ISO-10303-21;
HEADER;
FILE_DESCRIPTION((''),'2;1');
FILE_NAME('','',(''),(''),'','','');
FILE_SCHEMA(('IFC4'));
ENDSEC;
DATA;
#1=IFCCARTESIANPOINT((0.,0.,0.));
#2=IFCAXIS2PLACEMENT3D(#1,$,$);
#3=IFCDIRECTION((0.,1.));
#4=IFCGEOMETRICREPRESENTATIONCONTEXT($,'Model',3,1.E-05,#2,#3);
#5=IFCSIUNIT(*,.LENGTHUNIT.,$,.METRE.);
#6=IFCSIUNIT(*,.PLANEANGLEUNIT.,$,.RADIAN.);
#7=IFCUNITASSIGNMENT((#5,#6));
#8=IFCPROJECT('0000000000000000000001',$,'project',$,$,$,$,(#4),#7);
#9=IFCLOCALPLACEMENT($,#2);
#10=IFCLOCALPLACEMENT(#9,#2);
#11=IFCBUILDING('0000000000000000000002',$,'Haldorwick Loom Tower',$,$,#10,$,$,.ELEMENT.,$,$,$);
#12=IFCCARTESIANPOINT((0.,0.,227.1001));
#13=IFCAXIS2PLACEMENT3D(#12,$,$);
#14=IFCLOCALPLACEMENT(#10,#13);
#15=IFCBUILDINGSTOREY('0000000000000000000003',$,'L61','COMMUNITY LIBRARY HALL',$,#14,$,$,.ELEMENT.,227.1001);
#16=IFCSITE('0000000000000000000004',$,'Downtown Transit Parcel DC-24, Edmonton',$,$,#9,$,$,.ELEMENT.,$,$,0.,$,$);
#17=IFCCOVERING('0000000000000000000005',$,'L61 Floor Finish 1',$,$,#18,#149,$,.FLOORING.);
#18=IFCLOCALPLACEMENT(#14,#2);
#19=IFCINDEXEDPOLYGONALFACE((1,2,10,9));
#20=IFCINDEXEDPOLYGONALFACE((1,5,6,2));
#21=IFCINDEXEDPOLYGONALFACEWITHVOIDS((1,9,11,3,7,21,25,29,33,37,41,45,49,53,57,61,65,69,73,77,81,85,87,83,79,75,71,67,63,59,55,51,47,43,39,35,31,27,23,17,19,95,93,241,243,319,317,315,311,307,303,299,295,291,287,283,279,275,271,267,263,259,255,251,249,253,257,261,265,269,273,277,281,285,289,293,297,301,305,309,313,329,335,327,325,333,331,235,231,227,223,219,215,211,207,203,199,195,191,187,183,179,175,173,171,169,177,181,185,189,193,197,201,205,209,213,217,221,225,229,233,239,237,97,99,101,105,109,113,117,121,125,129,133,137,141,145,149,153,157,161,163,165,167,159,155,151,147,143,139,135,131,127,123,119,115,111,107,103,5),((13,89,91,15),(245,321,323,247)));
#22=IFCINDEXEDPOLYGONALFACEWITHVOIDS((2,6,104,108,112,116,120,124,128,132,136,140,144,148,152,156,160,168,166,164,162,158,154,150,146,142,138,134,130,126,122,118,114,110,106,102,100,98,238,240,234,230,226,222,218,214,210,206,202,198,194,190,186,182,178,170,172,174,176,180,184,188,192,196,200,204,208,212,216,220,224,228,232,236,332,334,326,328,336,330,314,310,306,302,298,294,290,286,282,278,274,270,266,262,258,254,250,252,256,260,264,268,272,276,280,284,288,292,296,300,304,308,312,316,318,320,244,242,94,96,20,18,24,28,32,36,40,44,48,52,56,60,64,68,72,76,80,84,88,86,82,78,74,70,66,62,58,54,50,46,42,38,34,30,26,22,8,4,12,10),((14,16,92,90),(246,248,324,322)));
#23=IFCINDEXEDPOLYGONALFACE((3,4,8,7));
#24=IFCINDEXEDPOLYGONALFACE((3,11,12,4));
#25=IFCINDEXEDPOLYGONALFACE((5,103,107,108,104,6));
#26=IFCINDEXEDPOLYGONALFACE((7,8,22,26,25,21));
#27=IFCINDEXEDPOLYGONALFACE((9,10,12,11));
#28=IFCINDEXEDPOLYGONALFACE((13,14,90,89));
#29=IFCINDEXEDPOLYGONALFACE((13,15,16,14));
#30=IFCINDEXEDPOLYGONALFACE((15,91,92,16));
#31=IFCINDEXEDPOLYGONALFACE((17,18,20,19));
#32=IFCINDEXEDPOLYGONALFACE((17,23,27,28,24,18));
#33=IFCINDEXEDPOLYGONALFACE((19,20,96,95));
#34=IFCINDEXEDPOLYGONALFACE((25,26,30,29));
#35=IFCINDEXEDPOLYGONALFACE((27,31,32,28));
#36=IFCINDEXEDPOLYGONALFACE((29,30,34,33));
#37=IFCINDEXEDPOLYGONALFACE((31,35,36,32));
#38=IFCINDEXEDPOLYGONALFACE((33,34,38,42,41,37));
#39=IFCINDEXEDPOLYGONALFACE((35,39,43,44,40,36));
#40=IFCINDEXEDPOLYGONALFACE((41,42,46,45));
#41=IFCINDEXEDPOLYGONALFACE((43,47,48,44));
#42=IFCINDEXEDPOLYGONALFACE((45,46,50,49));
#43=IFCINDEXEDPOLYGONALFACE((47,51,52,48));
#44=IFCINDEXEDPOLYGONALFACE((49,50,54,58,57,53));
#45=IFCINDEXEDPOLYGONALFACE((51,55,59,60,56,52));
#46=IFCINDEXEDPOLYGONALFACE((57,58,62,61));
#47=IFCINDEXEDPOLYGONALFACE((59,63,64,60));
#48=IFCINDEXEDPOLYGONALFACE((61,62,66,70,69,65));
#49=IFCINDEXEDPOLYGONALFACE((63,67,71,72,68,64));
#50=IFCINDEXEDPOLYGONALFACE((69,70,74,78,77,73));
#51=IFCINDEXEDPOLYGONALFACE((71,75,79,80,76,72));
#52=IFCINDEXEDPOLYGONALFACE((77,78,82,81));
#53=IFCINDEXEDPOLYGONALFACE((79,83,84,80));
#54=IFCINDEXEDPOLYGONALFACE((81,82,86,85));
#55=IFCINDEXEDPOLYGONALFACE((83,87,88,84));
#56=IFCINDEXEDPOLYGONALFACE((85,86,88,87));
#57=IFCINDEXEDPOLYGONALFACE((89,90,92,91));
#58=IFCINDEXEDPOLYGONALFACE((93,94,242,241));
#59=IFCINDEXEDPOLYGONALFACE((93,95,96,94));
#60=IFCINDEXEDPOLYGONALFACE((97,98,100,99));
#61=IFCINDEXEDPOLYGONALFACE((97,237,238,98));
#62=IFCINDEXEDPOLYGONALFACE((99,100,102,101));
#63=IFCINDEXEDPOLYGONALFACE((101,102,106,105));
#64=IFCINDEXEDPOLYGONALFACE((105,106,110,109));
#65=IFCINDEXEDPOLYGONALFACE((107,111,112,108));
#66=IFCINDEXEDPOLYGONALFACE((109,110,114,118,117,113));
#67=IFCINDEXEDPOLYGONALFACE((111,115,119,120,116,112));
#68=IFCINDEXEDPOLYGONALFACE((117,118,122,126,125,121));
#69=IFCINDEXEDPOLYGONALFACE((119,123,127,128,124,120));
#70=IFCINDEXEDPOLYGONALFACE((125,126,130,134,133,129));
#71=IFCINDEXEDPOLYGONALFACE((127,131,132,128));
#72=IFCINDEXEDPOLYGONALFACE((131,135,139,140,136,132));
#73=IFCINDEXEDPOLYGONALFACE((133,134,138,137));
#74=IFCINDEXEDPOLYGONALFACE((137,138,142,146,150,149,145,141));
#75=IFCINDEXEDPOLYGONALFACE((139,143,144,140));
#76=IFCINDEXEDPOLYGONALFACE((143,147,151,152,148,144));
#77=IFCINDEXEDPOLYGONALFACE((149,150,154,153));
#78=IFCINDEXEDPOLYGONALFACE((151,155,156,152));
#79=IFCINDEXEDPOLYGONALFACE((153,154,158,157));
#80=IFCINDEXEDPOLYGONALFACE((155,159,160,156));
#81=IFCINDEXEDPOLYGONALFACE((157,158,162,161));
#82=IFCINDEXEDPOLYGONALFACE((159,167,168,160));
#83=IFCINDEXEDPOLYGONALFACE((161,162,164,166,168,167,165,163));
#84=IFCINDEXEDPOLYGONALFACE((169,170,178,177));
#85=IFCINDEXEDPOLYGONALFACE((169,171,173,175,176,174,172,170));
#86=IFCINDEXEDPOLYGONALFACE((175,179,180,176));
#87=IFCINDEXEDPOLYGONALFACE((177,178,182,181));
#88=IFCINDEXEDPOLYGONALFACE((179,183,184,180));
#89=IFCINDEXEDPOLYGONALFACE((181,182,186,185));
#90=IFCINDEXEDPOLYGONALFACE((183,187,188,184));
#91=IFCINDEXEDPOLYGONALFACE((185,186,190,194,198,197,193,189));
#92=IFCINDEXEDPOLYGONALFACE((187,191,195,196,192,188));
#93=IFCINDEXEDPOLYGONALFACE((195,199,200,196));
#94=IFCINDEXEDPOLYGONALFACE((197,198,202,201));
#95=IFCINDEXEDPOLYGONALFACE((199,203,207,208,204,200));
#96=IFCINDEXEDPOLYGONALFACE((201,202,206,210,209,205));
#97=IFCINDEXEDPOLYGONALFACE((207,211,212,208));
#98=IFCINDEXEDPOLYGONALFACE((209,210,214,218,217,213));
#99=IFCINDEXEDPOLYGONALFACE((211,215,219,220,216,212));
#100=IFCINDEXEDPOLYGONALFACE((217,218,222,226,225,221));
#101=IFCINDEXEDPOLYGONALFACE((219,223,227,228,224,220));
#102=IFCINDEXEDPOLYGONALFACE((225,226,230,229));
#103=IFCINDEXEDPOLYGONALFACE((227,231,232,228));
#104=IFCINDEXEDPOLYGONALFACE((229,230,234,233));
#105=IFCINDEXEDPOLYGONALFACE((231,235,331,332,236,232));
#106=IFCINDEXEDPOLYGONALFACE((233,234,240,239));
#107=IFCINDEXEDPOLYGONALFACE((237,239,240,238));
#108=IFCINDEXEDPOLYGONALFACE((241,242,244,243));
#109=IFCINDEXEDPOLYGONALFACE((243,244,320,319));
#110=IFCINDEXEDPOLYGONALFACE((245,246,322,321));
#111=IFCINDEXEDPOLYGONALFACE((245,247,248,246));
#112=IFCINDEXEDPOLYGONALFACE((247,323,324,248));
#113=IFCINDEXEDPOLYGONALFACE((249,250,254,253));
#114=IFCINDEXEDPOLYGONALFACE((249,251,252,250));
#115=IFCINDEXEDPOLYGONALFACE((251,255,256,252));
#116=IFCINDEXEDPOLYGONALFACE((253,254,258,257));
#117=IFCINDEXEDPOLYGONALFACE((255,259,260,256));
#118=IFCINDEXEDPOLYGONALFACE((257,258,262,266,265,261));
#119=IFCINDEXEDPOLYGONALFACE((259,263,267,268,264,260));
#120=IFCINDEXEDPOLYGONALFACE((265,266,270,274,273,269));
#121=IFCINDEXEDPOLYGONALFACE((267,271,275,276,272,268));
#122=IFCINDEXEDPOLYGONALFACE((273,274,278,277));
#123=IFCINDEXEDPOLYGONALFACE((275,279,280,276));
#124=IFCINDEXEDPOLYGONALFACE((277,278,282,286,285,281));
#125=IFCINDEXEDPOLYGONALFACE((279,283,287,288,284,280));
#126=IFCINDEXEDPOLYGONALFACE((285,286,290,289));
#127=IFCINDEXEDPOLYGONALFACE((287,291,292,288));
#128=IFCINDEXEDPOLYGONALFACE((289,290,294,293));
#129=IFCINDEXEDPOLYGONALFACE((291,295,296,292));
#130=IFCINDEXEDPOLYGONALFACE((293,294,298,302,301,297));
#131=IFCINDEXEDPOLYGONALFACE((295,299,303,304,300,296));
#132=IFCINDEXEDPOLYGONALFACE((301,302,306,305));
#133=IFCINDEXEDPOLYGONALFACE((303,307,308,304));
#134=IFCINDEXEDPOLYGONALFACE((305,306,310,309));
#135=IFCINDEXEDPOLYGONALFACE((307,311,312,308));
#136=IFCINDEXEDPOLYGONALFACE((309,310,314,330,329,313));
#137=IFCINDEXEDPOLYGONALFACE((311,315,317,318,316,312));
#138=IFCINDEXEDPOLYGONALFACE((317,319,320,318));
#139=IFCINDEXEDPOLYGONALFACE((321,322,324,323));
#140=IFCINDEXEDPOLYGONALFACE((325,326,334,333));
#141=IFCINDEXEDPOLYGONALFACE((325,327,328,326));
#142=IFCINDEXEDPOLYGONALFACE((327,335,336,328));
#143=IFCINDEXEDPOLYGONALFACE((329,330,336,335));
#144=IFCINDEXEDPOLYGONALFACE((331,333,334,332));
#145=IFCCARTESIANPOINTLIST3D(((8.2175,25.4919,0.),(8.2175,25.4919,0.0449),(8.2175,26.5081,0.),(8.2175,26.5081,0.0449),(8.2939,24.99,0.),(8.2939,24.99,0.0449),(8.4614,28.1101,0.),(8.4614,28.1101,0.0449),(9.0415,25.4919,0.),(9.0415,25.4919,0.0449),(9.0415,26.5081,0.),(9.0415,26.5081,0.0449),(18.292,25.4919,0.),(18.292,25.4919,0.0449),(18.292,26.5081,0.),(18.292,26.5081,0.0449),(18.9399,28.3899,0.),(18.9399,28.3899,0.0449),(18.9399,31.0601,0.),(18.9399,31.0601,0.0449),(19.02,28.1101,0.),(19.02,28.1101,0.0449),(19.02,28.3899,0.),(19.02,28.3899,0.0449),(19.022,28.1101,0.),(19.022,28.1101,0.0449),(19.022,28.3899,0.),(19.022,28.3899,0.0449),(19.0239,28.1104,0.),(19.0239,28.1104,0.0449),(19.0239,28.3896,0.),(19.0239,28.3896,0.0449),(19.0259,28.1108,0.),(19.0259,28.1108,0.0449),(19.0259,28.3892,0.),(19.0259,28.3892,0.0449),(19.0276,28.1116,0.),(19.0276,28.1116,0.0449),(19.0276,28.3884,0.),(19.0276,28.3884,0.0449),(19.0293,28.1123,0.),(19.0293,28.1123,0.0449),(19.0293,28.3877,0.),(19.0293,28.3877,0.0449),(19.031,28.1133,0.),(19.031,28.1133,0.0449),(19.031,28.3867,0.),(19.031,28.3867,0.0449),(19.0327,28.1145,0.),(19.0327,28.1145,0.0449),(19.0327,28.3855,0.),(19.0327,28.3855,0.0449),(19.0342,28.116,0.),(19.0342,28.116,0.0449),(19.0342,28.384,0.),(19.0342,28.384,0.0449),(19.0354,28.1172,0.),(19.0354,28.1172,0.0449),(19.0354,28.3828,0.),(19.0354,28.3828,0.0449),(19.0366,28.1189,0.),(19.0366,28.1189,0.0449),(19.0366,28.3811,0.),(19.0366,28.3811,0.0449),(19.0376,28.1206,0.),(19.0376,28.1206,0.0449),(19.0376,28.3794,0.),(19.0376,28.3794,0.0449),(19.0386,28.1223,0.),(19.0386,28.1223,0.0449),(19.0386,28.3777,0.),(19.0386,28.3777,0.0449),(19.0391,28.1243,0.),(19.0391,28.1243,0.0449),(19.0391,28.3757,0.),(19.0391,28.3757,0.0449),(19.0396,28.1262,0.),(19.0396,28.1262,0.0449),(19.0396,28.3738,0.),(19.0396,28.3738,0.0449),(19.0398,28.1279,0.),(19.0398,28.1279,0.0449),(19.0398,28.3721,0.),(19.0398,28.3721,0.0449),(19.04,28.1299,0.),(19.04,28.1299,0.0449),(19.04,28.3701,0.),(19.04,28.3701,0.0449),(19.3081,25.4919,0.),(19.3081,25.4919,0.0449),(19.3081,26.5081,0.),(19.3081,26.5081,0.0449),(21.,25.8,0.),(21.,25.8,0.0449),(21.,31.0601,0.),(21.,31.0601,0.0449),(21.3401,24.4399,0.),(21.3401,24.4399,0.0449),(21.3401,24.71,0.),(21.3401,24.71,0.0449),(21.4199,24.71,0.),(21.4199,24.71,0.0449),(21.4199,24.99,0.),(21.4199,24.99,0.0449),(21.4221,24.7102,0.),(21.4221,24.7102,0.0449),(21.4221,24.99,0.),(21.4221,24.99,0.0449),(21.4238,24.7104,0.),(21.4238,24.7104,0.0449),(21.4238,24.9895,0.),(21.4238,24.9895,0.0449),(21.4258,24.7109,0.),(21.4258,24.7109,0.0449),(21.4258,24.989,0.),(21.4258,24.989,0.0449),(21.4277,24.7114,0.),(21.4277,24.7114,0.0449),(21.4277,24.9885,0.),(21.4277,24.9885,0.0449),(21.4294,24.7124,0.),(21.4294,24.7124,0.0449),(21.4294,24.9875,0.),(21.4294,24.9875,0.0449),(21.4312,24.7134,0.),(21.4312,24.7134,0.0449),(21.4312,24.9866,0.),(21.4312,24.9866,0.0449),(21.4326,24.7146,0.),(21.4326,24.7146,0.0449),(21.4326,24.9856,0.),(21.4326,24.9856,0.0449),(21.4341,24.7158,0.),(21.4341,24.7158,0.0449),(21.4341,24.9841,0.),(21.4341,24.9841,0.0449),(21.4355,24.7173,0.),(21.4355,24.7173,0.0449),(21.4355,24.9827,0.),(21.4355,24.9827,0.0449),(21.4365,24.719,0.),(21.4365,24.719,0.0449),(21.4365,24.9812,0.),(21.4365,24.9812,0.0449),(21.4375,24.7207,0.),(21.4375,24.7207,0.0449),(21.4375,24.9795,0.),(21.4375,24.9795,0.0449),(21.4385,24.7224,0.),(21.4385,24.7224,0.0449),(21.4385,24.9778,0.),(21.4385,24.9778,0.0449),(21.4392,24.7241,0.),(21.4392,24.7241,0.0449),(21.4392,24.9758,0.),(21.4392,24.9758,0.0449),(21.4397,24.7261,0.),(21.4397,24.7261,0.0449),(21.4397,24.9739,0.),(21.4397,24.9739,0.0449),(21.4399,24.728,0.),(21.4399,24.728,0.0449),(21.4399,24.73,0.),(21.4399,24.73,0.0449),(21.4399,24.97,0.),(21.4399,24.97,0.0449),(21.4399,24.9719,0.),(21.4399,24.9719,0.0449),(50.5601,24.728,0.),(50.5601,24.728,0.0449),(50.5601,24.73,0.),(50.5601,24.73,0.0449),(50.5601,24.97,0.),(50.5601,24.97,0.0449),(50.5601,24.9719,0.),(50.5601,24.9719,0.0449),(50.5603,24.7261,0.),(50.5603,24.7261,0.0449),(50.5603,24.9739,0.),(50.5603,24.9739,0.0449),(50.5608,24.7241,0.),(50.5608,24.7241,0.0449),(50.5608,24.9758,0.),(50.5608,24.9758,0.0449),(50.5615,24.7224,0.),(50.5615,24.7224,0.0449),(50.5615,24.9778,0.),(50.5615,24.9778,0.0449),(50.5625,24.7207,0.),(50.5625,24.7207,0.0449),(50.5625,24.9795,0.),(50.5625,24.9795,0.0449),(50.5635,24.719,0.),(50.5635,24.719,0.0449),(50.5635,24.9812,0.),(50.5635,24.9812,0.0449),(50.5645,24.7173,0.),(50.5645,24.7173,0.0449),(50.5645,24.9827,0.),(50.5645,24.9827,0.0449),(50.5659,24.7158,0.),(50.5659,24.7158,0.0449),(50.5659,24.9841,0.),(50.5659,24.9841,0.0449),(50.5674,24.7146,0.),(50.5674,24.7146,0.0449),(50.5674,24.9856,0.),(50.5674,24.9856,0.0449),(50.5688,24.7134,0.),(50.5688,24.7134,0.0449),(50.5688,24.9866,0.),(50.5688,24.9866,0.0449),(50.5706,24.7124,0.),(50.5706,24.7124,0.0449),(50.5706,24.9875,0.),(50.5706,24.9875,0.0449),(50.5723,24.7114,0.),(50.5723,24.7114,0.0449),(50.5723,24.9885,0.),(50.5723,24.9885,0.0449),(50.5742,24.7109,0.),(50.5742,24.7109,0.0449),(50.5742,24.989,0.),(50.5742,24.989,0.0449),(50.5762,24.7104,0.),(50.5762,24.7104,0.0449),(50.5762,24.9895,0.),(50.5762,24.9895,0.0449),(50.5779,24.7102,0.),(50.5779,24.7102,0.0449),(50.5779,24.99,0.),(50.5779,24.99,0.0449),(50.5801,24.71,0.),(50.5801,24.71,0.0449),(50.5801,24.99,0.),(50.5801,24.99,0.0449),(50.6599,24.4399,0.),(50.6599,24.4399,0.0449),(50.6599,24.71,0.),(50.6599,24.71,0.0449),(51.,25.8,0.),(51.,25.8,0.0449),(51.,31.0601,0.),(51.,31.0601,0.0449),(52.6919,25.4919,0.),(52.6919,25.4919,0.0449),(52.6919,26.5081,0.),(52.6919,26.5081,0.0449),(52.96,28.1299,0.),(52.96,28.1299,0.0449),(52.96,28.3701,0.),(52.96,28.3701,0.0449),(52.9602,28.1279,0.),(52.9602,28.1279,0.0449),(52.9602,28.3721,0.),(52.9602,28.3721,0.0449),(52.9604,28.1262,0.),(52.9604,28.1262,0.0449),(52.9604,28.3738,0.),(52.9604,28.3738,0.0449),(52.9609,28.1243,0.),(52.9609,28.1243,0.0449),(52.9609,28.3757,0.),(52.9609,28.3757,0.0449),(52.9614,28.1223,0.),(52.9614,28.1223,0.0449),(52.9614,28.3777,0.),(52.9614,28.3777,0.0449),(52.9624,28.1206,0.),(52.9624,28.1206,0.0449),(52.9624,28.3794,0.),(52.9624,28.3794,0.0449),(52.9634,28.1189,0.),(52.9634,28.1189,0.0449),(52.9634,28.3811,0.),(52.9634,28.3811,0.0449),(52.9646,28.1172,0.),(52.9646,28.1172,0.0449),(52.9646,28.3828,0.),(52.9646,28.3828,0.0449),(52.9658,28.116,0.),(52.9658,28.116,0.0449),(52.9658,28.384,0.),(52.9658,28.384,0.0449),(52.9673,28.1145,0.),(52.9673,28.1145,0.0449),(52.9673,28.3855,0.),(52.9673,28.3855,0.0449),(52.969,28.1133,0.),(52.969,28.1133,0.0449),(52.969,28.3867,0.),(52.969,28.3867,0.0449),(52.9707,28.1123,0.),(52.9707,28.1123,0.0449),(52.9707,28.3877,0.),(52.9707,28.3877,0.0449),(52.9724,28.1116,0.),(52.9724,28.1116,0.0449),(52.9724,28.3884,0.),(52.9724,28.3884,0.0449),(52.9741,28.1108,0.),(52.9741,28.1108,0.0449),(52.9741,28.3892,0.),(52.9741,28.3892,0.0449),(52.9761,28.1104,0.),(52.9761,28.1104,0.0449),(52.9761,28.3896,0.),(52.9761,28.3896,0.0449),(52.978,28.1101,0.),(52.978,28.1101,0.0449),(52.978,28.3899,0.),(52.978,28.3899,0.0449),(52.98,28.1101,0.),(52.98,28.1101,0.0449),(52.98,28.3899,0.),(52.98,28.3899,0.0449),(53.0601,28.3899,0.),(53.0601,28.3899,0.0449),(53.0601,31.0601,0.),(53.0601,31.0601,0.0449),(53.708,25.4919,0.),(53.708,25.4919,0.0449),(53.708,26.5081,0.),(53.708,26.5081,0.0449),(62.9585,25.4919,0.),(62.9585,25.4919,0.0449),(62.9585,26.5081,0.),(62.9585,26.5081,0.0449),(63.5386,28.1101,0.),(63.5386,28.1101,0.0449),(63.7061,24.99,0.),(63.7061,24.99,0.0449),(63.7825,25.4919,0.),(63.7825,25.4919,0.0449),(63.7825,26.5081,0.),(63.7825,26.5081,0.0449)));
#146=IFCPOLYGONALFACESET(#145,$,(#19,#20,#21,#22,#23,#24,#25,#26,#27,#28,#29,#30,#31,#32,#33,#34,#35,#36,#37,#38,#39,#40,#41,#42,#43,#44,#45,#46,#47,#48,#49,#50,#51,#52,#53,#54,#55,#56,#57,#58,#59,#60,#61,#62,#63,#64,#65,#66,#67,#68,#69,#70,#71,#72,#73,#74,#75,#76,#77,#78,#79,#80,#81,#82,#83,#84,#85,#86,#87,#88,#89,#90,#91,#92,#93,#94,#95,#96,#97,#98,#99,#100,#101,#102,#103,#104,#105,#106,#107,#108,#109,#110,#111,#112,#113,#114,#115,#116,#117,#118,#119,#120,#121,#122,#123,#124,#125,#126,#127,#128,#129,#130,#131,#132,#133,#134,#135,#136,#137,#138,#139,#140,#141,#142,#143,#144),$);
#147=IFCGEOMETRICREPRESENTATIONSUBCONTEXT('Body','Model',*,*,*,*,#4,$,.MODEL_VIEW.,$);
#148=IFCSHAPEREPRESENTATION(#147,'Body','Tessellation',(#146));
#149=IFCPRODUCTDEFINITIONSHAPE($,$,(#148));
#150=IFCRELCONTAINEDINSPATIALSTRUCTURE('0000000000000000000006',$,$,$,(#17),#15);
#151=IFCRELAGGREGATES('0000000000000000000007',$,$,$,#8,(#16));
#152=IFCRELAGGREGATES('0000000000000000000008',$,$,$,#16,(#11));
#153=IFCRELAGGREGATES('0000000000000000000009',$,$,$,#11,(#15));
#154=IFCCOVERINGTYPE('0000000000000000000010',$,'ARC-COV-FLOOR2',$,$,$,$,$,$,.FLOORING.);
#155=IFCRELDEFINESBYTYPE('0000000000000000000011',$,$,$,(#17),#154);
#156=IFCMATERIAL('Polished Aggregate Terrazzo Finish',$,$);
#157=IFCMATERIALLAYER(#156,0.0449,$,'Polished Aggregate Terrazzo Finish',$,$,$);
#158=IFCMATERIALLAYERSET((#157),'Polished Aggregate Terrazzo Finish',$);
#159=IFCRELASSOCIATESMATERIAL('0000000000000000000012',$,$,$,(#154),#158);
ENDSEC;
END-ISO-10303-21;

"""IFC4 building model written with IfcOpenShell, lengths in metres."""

from ifc_helpers import new_model, si_unit, direction, frame, origin, place, context, subcontext, project, spatial, polyline, outline, extrude, material, layer, layer_set, type_object, element, save


model = new_model("IFC4")

# Units and contexts
model_context = context("Model", 3, precision=1e-05, world=origin(), true_north=direction((0.0, 1.0)))
body_context = subcontext(model_context, "Body", "Model", "MODEL_VIEW")
ifc_project = project(units=[si_unit("LENGTHUNIT", "METRE"), si_unit("PLANEANGLEUNIT", "RADIAN")], contexts=[model_context])

# Site, building, storey
site_placement = place(None, origin())
site = spatial("IfcSite", under=ifc_project, at=site_placement, Name="Downtown Transit Parcel DC-24, Edmonton", CompositionType="ELEMENT", RefElevation=0.0)
building_placement = place(site_placement, origin())
building = spatial("IfcBuilding", under=site, at=building_placement, Name="Haldorwick Loom Tower", CompositionType="ELEMENT")
storey_placement = place(building_placement, frame((0.0, 0.0, 227.1001)))
storey = spatial("IfcBuildingStorey", under=building, at=storey_placement, Name="L61", Description="COMMUNITY LIBRARY HALL", CompositionType="ELEMENT", Elevation=227.1001)

# Covering
ifc_material_1 = material(Name="Polished Aggregate Terrazzo Finish")
ifc_layer_1 = layer(ifc_material_1, 0.0449, Name="Polished Aggregate Terrazzo Finish")
ifc_layer_set_1 = layer_set([ifc_layer_1], Name="Polished Aggregate Terrazzo Finish")
covering_type_1 = type_object("IfcCoveringType", Name="ARC-COV-FLOOR2", PredefinedType="FLOORING", material=ifc_layer_set_1)
covering_1_placement = place(storey_placement, origin())
element("IfcCovering", 1, at=covering_1_placement, inside=storey, type_object=covering_type_1, Name="L61 Floor Finish 1", PredefinedType="FLOORING", context=body_context, shape_type="SweptSolid", body=[
    extrude(outline(polyline([(8.2939, 24.99), (21.4199, 24.99), (21.4221, 24.99), (21.4238, 24.9895), (21.4258, 24.989), (21.4277, 24.9885), (21.4294, 24.9875), (21.4312, 24.9866), (21.4326, 24.9856), (21.4341, 24.9841), (21.4355, 24.9827), (21.4365, 24.9812), (21.4375, 24.9795), (21.4385, 24.9778), (21.4392, 24.9758), (21.4397, 24.9739), (21.4399, 24.9719), (21.4399, 24.97), (21.4399, 24.73), (21.4399, 24.728), (21.4397, 24.7261), (21.4392, 24.7241), (21.4385, 24.7224), (21.4375, 24.7207), (21.4365, 24.719), (21.4355, 24.7173), (21.4341, 24.7158), (21.4326, 24.7146), (21.4312, 24.7134), (21.4294, 24.7124), (21.4277, 24.7114), (21.4258, 24.7109), (21.4238, 24.7104), (21.4221, 24.7102), (21.4199, 24.71), (21.3401, 24.71), (21.3401, 24.4399), (50.6599, 24.4399), (50.6599, 24.71), (50.5801, 24.71), (50.5779, 24.7102), (50.5762, 24.7104), (50.5742, 24.7109), (50.5723, 24.7114), (50.5706, 24.7124), (50.5688, 24.7134), (50.5674, 24.7146), (50.5659, 24.7158), (50.5645, 24.7173), (50.5635, 24.719), (50.5625, 24.7207), (50.5615, 24.7224), (50.5608, 24.7241), (50.5603, 24.7261), (50.5601, 24.728), (50.5601, 24.73), (50.5601, 24.97), (50.5601, 24.9719), (50.5603, 24.9739), (50.5608, 24.9758), (50.5615, 24.9778), (50.5625, 24.9795), (50.5635, 24.9812), (50.5645, 24.9827), (50.5659, 24.9841), (50.5674, 24.9856), (50.5688, 24.9866), (50.5706, 24.9875), (50.5723, 24.9885), (50.5742, 24.989), (50.5762, 24.9895), (50.5779, 24.99), (50.5801, 24.99), (63.7061, 24.99), (63.7825, 25.4919), (62.9585, 25.4919), (62.9585, 26.5081), (63.7825, 26.5081), (63.5386, 28.1101), (52.98, 28.1101), (52.978, 28.1101), (52.9761, 28.1104), (52.9741, 28.1108), (52.9724, 28.1116), (52.9707, 28.1123), (52.969, 28.1133), (52.9673, 28.1145), (52.9658, 28.116), (52.9646, 28.1172), (52.9634, 28.1189), (52.9624, 28.1206), (52.9614, 28.1223), (52.9609, 28.1243), (52.9604, 28.1262), (52.9602, 28.1279), (52.96, 28.1299), (52.96, 28.3701), (52.9602, 28.3721), (52.9604, 28.3738), (52.9609, 28.3757), (52.9614, 28.3777), (52.9624, 28.3794), (52.9634, 28.3811), (52.9646, 28.3828), (52.9658, 28.384), (52.9673, 28.3855), (52.969, 28.3867), (52.9707, 28.3877), (52.9724, 28.3884), (52.9741, 28.3892), (52.9761, 28.3896), (52.978, 28.3899), (52.98, 28.3899), (53.0601, 28.3899), (53.0601, 31.0601), (51.0, 31.0601), (51.0, 25.8), (21.0, 25.8), (21.0, 31.0601), (18.9399, 31.0601), (18.9399, 28.3899), (19.02, 28.3899), (19.022, 28.3899), (19.0239, 28.3896), (19.0259, 28.3892), (19.0276, 28.3884), (19.0293, 28.3877), (19.031, 28.3867), (19.0327, 28.3855), (19.0342, 28.384), (19.0354, 28.3828), (19.0366, 28.3811), (19.0376, 28.3794), (19.0386, 28.3777), (19.0391, 28.3757), (19.0396, 28.3738), (19.0398, 28.3721), (19.04, 28.3701), (19.04, 28.1299), (19.0398, 28.1279), (19.0396, 28.1262), (19.0391, 28.1243), (19.0386, 28.1223), (19.0376, 28.1206), (19.0366, 28.1189), (19.0354, 28.1172), (19.0342, 28.116), (19.0327, 28.1145), (19.031, 28.1133), (19.0293, 28.1123), (19.0276, 28.1116), (19.0259, 28.1108), (19.0239, 28.1104), (19.022, 28.1101), (19.02, 28.1101), (8.4614, 28.1101), (8.2175, 26.5081), (9.0415, 26.5081), (9.0415, 25.4919), (8.2175, 25.4919), (8.2939, 24.99)]), holes=[polyline([(19.3081, 26.5081), (19.3081, 25.4919), (18.292, 25.4919), (18.292, 26.5081), (19.3081, 26.5081)]), polyline([(53.708, 26.5081), (53.708, 25.4919), (52.6919, 25.4919), (52.6919, 26.5081), (53.708, 26.5081)])]), origin(), (0.0, 0.0, 1.0), 0.0449),
])

save(model, "model.ifc")
